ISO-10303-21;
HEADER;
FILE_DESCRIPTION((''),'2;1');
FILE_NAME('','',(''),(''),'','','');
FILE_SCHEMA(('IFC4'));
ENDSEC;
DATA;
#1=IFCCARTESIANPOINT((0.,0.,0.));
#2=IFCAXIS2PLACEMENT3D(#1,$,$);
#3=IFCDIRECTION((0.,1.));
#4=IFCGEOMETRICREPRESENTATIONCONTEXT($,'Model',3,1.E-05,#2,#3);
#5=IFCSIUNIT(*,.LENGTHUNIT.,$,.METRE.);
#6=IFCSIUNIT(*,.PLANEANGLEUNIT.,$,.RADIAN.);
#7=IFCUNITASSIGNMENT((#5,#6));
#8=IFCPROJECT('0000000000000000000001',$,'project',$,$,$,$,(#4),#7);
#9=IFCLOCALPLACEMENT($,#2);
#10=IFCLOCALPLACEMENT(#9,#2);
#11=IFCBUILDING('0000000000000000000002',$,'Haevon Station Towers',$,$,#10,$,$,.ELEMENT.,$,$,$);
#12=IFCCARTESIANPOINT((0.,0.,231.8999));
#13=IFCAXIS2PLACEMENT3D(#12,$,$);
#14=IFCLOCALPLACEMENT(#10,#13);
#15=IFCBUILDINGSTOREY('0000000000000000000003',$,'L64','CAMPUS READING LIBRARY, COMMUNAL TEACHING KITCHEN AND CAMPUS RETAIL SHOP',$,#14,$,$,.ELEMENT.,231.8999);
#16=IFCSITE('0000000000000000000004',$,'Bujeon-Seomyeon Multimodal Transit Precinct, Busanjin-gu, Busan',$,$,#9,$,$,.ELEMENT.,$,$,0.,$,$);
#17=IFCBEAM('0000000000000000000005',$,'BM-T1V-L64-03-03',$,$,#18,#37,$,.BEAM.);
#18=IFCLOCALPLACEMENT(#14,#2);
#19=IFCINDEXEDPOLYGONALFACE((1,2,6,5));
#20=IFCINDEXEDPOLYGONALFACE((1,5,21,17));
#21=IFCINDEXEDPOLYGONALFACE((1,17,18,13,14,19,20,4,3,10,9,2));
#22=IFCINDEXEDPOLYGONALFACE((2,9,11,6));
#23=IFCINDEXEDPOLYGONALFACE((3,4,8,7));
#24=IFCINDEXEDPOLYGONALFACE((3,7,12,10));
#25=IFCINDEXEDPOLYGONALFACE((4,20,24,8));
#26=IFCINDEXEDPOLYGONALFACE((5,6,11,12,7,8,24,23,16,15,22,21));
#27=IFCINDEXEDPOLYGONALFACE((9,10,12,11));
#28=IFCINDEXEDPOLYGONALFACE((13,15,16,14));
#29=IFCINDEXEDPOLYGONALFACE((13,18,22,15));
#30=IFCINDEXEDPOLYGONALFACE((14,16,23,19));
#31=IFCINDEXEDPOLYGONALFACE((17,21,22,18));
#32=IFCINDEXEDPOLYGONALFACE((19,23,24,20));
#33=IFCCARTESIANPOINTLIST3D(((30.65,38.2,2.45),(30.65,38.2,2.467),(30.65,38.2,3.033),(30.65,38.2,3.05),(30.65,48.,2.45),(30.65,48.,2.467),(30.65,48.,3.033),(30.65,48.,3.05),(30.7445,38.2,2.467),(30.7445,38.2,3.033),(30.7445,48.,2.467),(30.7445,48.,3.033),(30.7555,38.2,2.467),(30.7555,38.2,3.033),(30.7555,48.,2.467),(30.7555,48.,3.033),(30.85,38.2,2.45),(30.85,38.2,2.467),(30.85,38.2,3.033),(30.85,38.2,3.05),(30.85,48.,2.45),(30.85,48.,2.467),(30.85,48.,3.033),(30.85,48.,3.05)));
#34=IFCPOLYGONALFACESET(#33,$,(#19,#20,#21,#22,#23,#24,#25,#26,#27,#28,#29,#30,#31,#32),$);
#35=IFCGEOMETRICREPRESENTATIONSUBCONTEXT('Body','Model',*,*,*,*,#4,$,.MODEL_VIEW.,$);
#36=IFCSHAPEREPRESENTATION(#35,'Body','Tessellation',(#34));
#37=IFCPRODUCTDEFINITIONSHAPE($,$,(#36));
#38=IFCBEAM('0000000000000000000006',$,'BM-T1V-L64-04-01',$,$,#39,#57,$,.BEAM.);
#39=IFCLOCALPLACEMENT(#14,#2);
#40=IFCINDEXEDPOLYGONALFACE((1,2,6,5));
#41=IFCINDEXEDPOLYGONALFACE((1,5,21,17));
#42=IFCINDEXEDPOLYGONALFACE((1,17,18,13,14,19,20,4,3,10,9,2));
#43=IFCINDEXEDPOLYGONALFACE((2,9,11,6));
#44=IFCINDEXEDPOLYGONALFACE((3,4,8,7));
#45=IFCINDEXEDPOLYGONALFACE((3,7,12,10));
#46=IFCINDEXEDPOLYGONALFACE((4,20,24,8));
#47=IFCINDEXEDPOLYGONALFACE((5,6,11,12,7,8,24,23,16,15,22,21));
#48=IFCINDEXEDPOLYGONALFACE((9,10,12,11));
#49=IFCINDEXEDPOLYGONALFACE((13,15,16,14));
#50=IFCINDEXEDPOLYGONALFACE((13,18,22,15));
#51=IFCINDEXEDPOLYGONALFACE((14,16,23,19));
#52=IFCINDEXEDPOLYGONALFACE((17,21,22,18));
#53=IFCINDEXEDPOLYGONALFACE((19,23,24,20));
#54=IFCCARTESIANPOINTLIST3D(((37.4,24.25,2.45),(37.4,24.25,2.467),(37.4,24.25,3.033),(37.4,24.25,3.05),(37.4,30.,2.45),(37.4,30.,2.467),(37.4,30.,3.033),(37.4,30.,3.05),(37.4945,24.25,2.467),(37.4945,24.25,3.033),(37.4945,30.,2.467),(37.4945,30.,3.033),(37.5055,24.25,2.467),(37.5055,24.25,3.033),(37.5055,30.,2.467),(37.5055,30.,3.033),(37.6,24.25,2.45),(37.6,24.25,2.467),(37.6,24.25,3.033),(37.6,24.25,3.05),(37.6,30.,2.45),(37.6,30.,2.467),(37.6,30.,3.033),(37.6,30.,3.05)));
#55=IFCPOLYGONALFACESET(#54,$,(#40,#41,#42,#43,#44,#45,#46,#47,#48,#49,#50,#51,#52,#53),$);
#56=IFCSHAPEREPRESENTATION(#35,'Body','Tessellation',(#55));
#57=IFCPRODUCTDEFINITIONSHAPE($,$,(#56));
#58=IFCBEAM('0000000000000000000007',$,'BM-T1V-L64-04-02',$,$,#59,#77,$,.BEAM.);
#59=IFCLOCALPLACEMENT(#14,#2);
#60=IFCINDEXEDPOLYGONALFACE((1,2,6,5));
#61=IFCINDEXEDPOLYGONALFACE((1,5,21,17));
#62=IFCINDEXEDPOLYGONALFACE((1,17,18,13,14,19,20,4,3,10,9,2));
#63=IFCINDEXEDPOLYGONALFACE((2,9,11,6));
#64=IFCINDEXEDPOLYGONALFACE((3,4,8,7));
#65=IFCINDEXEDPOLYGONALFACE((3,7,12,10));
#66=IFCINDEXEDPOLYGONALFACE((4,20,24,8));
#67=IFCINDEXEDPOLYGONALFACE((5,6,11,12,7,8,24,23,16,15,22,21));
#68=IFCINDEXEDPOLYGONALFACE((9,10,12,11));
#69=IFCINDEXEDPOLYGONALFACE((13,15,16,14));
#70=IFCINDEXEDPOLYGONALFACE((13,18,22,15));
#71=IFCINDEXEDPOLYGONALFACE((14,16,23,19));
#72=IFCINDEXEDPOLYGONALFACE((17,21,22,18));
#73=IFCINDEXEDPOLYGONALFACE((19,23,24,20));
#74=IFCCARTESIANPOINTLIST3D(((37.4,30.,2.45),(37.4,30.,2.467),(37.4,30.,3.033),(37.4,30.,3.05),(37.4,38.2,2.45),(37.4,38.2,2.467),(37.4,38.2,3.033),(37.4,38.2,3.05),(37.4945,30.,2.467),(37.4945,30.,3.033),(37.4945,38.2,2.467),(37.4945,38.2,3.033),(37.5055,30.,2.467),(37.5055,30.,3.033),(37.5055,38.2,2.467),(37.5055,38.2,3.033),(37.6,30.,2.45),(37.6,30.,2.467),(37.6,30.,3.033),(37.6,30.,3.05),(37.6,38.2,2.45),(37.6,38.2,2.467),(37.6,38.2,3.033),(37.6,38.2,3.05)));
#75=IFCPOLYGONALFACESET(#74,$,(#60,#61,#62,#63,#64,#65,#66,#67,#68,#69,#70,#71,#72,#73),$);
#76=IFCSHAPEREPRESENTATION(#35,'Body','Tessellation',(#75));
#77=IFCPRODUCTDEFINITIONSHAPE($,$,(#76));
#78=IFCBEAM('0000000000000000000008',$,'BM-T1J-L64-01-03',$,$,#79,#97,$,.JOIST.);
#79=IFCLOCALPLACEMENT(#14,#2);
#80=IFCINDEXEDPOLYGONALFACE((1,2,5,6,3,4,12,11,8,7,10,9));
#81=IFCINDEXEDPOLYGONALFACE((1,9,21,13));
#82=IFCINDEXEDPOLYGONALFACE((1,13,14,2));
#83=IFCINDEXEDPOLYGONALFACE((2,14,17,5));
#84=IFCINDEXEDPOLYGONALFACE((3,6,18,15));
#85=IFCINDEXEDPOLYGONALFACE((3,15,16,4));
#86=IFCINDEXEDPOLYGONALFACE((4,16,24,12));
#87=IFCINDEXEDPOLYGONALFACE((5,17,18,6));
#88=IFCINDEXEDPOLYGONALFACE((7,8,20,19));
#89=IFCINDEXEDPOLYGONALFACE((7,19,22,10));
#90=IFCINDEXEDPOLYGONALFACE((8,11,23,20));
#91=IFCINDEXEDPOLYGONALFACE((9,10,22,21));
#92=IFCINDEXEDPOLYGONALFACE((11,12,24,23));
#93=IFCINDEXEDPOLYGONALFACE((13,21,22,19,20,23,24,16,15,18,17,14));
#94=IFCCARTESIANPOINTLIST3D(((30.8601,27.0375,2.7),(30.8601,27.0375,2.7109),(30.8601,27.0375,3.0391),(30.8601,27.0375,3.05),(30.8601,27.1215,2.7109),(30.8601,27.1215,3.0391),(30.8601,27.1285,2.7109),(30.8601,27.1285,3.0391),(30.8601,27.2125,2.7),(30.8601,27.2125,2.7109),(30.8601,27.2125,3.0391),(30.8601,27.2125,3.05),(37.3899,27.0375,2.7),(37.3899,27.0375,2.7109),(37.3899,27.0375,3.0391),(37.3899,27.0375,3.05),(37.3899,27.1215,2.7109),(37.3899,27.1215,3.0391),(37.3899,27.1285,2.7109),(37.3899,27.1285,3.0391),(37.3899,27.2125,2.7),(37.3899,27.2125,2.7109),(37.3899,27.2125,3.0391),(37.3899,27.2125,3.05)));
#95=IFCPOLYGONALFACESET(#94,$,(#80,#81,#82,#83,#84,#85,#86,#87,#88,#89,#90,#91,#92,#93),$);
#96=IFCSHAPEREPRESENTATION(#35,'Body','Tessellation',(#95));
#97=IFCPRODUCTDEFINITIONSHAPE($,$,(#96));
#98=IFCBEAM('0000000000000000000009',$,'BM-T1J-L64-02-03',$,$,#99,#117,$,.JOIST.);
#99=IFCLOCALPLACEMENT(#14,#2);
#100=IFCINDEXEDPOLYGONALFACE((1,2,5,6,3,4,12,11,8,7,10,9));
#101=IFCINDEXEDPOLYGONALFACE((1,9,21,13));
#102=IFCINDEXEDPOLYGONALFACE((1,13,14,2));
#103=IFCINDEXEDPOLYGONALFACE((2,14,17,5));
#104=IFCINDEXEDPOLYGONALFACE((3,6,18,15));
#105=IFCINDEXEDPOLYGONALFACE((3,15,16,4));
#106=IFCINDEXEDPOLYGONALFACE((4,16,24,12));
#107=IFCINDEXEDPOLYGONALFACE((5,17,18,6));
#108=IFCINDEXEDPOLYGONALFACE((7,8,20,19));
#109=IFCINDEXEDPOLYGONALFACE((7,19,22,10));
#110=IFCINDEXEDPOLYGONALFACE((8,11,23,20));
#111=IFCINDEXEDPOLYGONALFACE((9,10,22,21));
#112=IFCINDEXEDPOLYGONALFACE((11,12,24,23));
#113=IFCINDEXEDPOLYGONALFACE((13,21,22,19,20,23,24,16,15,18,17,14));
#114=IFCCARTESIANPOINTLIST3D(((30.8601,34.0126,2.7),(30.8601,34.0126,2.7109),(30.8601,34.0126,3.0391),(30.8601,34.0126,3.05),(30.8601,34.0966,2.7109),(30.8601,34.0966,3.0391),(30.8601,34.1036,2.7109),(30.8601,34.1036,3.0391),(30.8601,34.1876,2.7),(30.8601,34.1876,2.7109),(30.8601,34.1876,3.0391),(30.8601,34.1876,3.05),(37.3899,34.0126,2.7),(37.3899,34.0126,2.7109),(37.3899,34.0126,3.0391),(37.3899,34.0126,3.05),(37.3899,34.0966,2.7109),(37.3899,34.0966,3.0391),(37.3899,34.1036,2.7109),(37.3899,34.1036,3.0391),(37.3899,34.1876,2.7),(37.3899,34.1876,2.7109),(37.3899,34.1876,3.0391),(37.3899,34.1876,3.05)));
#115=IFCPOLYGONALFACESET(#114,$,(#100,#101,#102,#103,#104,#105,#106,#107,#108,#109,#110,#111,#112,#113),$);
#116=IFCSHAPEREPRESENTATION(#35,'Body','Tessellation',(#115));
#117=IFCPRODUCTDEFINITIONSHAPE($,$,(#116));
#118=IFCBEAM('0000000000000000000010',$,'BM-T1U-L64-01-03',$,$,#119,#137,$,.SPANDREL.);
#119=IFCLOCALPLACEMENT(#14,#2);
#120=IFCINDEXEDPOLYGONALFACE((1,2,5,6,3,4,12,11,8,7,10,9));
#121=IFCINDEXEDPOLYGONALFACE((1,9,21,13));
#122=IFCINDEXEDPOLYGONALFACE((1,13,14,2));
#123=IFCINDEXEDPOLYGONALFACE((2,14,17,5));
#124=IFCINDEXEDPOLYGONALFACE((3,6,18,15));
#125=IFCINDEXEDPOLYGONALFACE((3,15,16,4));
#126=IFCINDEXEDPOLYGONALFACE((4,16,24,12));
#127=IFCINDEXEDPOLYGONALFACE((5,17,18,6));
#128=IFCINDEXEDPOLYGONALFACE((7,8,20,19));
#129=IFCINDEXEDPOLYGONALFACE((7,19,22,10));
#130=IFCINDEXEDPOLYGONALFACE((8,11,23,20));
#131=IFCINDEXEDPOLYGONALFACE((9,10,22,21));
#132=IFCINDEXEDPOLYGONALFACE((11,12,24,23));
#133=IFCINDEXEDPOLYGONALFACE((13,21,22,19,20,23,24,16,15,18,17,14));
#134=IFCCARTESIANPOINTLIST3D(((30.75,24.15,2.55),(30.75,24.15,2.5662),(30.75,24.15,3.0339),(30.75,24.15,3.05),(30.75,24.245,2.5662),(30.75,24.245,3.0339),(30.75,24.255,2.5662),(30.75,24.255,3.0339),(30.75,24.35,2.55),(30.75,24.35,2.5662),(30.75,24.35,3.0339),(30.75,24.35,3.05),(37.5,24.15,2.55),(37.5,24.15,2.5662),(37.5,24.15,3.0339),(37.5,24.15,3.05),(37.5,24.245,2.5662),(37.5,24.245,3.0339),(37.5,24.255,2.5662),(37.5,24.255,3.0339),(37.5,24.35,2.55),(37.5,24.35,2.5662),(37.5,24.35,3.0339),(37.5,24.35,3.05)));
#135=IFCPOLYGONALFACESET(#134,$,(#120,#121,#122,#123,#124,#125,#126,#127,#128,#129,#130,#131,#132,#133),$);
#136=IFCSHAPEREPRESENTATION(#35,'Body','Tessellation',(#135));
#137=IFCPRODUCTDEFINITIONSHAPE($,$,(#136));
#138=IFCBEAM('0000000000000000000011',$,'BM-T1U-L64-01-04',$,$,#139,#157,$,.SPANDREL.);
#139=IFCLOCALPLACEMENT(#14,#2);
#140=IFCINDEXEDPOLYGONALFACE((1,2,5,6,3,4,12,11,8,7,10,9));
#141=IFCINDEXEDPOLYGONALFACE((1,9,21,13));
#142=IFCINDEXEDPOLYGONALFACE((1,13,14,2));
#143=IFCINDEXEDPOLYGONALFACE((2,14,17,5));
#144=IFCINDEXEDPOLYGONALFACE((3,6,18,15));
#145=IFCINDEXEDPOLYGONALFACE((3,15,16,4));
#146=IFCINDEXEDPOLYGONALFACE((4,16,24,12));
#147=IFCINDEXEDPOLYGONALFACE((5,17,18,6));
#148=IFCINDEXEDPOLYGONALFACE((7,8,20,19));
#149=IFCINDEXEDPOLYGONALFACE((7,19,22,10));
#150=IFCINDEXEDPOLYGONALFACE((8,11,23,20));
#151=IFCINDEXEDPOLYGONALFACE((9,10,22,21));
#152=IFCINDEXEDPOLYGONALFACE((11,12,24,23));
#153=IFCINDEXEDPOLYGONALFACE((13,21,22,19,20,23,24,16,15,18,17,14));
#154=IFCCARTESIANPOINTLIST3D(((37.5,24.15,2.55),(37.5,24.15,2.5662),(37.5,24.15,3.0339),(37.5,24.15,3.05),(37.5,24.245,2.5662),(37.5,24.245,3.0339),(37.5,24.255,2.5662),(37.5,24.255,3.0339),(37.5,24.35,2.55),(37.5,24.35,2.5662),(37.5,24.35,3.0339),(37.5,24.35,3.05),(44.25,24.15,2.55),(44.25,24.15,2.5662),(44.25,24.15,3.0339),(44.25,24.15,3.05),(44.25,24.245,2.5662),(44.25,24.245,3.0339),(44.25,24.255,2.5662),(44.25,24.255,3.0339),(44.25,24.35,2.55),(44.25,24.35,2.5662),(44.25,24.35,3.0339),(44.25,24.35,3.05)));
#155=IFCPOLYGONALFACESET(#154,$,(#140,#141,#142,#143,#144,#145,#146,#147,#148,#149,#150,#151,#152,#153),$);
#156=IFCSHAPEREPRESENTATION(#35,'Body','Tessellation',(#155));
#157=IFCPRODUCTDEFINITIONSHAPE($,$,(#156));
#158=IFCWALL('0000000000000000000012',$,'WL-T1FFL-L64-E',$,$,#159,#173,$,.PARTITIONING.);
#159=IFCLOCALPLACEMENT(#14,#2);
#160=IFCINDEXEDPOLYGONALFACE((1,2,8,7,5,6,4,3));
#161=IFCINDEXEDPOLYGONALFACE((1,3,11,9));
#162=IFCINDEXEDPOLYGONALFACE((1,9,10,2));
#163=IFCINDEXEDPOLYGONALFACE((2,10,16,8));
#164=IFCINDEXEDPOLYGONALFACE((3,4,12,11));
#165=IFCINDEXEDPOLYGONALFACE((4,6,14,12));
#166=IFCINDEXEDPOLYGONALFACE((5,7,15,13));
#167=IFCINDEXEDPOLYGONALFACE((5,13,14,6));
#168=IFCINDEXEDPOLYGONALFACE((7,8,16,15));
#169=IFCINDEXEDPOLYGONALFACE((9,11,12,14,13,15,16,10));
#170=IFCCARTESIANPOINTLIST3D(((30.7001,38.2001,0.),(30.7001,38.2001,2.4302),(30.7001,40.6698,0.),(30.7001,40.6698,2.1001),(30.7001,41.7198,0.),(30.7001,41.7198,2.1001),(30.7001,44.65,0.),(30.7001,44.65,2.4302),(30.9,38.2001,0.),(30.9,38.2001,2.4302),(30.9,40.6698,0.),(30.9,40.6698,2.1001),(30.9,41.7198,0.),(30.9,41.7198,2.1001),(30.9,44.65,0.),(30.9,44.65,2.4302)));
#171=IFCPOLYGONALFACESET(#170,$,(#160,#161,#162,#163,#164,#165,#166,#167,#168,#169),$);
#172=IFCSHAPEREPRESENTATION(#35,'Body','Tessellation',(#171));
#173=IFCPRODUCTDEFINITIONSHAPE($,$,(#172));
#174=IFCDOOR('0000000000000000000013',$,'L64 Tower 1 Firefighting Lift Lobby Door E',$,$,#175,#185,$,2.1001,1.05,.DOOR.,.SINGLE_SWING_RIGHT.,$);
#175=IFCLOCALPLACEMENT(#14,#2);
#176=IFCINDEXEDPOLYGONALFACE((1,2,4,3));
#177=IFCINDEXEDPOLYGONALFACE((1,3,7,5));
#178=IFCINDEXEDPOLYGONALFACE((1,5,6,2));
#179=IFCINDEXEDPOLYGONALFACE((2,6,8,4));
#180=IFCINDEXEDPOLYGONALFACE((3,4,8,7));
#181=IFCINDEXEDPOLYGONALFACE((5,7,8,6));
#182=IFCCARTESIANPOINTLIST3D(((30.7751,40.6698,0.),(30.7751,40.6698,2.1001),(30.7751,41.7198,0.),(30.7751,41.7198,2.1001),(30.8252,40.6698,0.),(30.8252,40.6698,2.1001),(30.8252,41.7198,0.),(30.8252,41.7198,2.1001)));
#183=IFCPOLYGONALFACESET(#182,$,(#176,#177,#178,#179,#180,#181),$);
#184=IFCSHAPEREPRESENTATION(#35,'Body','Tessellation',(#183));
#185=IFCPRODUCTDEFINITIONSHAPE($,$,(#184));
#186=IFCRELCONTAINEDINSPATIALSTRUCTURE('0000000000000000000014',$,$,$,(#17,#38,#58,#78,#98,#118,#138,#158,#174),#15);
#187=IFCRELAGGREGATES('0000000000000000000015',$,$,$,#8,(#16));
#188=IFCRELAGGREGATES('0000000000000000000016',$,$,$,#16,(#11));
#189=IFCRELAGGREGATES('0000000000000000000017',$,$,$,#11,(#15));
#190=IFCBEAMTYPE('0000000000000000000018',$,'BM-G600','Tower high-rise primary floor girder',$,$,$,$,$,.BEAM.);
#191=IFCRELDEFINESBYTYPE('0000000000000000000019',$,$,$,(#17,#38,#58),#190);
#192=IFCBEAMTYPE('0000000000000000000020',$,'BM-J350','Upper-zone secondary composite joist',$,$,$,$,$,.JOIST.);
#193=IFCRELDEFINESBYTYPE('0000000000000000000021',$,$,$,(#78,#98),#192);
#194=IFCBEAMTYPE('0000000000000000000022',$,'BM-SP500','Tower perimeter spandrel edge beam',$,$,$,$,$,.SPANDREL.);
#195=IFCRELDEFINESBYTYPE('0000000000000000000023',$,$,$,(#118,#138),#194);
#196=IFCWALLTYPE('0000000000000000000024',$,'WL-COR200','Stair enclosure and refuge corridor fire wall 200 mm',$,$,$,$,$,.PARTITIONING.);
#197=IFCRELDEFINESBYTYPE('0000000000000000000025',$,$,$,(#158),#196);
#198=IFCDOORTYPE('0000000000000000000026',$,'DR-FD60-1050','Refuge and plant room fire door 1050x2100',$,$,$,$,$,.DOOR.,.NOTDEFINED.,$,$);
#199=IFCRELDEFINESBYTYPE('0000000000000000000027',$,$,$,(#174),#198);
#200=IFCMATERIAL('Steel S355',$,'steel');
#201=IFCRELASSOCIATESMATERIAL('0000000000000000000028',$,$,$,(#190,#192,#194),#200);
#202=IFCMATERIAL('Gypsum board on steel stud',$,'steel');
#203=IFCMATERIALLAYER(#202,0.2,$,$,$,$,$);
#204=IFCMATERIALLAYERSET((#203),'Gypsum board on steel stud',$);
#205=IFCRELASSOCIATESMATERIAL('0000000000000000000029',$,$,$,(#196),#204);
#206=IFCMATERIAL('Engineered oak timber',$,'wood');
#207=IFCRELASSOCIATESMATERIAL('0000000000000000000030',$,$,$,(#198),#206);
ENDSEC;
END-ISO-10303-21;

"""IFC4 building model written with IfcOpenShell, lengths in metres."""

from ifc_helpers import new_model, si_unit, direction, frame, frame_2d, origin, origin_2d, place, context, subcontext, project, spatial, rectangle, i_section, extrude, material, layer, layer_set, material_profile, profile_set, type_object, element, fill, save


model = new_model("IFC4")

# Units and contexts
model_context = context("Model", 3, precision=1e-05, world=origin(), true_north=direction((0.0, 1.0)))
body_context = subcontext(model_context, "Body", "Model", "MODEL_VIEW")
ifc_project = project(units=[si_unit("LENGTHUNIT", "METRE"), si_unit("PLANEANGLEUNIT", "RADIAN")], contexts=[model_context])

# Site, building, storey
site_placement = place(None, origin())
site = spatial("IfcSite", under=ifc_project, at=site_placement, Name="Bujeon-Seomyeon Multimodal Transit Precinct, Busanjin-gu, Busan", CompositionType="ELEMENT", RefElevation=0.0)
building_placement = place(site_placement, origin())
building = spatial("IfcBuilding", under=site, at=building_placement, Name="Haevon Station Towers", CompositionType="ELEMENT")
storey_placement = place(building_placement, frame((0.0, 0.0, 231.8999)))
storey = spatial("IfcBuildingStorey", under=building, at=storey_placement, Name="L64", Description="CAMPUS READING LIBRARY, COMMUNAL TEACHING KITCHEN AND CAMPUS RETAIL SHOP", CompositionType="ELEMENT", Elevation=231.8999)

# Shared definitions
ifc_material_1 = material(Name="Steel S355", Category="steel")

# Beams
ifc_material_profile_1 = material_profile(ifc_material_1, i_section(OverallWidth=0.2, OverallDepth=0.6001, WebThickness=0.011, FlangeThickness=0.0171, at=origin_2d()), Name="H-600x200x11x17")
ifc_profile_set_1 = profile_set([ifc_material_profile_1], Name="Steel S355")
beam_type_1 = type_object("IfcBeamType", Name="BM-G600", Description="Tower high-rise primary floor girder", PredefinedType="BEAM", material=ifc_profile_set_1)
beam_1_placement = place(storey_placement, frame((30.75, 38.2, 2.75), z_axis=(0.0, 1.0, 0.0), x_axis=(-1.0, 0.0, 0.0)))
element("IfcBeam", 1, at=beam_1_placement, inside=storey, type_object=beam_type_1, Name="BM-T1V-L64-03-03", PredefinedType="BEAM", context=body_context, shape_type="SweptSolid", body=[
    extrude(i_section(OverallWidth=0.2, OverallDepth=0.6001, WebThickness=0.011, FlangeThickness=0.0171, at=origin_2d()), origin(), (0.0, 0.0, 1.0), 9.8),
])
beam_2_placement = place(storey_placement, frame((37.5, 24.25, 2.75), z_axis=(0.0, 1.0, 0.0), x_axis=(-1.0, 0.0, 0.0)))
element("IfcBeam", 2, at=beam_2_placement, inside=storey, type_object=beam_type_1, Name="BM-T1V-L64-04-01", PredefinedType="BEAM", context=body_context, shape_type="SweptSolid", body=[
    extrude(i_section(OverallWidth=0.2, OverallDepth=0.6001, WebThickness=0.011, FlangeThickness=0.0171, at=origin_2d()), origin(), (0.0, 0.0, 1.0), 5.75),
])
beam_3_placement = place(storey_placement, frame((37.5, 30.0, 2.75), z_axis=(0.0, 1.0, 0.0), x_axis=(-1.0, 0.0, 0.0)))
element("IfcBeam", 3, at=beam_3_placement, inside=storey, type_object=beam_type_1, Name="BM-T1V-L64-04-02", PredefinedType="BEAM", context=body_context, shape_type="SweptSolid", body=[
    extrude(i_section(OverallWidth=0.2, OverallDepth=0.6001, WebThickness=0.011, FlangeThickness=0.0171, at=origin_2d()), origin(), (0.0, 0.0, 1.0), 8.2),
])
ifc_material_profile_2 = material_profile(ifc_material_1, i_section(OverallWidth=0.175, OverallDepth=0.3501, WebThickness=0.0071, FlangeThickness=0.011, at=origin_2d()), Name="H-350x175x7x11")
ifc_profile_set_2 = profile_set([ifc_material_profile_2], Name="Steel S355")
beam_type_2 = type_object("IfcBeamType", Name="BM-J350", Description="Upper-zone secondary composite joist", PredefinedType="JOIST", material=ifc_profile_set_2)
for number, where, z_axis, x_axis, name in (
    (4, (30.8601, 27.125, 2.875), (1.0, 0.0, 0.0), (0.0, 1.0, 0.0), "BM-T1J-L64-01-03"),
    (5, (30.8601, 34.1001, 2.875), (1.0, 0.0, 0.0), (0.0, 1.0, 0.0), "BM-T1J-L64-02-03"),
):
    element("IfcBeam", number, at=place(storey_placement, frame(where, z_axis=z_axis, x_axis=x_axis)), inside=storey, type_object=beam_type_2, Name=name, PredefinedType="JOIST", context=body_context, shape_type="SweptSolid", body=[
        extrude(i_section(OverallWidth=0.175, OverallDepth=0.3501, WebThickness=0.0071, FlangeThickness=0.011, at=origin_2d()), origin(), (0.0, 0.0, 1.0), 6.5298),
    ])
ifc_material_profile_3 = material_profile(ifc_material_1, i_section(OverallWidth=0.2, OverallDepth=0.5, WebThickness=0.01, FlangeThickness=0.0161, at=origin_2d()), Name="H-500x200x10x16")
ifc_profile_set_3 = profile_set([ifc_material_profile_3], Name="Steel S355")
beam_type_3 = type_object("IfcBeamType", Name="BM-SP500", Description="Tower perimeter spandrel edge beam", PredefinedType="SPANDREL", material=ifc_profile_set_3)
for number, where, z_axis, x_axis, name in (
    (6, (30.75, 24.25, 2.8), (1.0, 0.0, 0.0), (0.0, 1.0, 0.0), "BM-T1U-L64-01-03"),
    (7, (37.5, 24.25, 2.8), (1.0, 0.0, 0.0), (0.0, 1.0, 0.0), "BM-T1U-L64-01-04"),
):
    element("IfcBeam", number, at=place(storey_placement, frame(where, z_axis=z_axis, x_axis=x_axis)), inside=storey, type_object=beam_type_3, Name=name, PredefinedType="SPANDREL", context=body_context, shape_type="SweptSolid", body=[
        extrude(i_section(OverallWidth=0.2, OverallDepth=0.5, WebThickness=0.01, FlangeThickness=0.0161, at=origin_2d()), origin(), (0.0, 0.0, 1.0), 6.75),
    ])

# Wall, opening, door
ifc_material_2 = material(Name="Gypsum board on steel stud", Category="steel")
ifc_layer_1 = layer(ifc_material_2, 0.2)
ifc_layer_set_1 = layer_set([ifc_layer_1], Name="Gypsum board on steel stud")
wall_type_1 = type_object("IfcWallType", Name="WL-COR200", Description="Stair enclosure and refuge corridor fire wall 200 mm", PredefinedType="PARTITIONING", material=ifc_layer_set_1)
wall_1_placement = place(storey_placement, frame((30.8, 38.2, 0.0), z_axis=(0.0, 0.0, 1.0), x_axis=(0.0, 1.0, 0.0)))
wall_1 = element("IfcWall", 8, at=wall_1_placement, inside=storey, type_object=wall_type_1, Name="WL-T1FFL-L64-E", PredefinedType="PARTITIONING", context=body_context, shape_type="SweptSolid", body=[
    extrude(rectangle(XDim=6.45, YDim=0.2, at=frame_2d((3.2251, 0.0))), origin(), (0.0, 0.0, 1.0), 2.4302),
])
opening_1_placement = place(wall_1_placement, frame((2.47, 0.0, 0.0)))
opening_1 = element("IfcOpeningElement", 9, at=opening_1_placement, cuts=wall_1, PredefinedType="OPENING", context=body_context, shape_type="SweptSolid", body=[
    extrude(rectangle(XDim=1.05, YDim=2.1001, at=frame_2d((0.5249, 1.05))), frame((0.0, 0.1099, 0.0), z_axis=(0.0, -1.0, 0.0), x_axis=(1.0, 0.0, 0.0)), (0.0, 0.0, 1.0), 0.22),
])
ifc_material_3 = material(Name="Engineered oak timber", Category="wood")
door_type_1 = type_object("IfcDoorType", Name="DR-FD60-1050", Description="Refuge and plant room fire door 1050x2100", OperationType="NOTDEFINED", PredefinedType="DOOR", material=ifc_material_3)
door_1_placement = place(opening_1_placement, origin())
door_1 = element("IfcDoor", 10, at=door_1_placement, inside=storey, type_object=door_type_1, Name="L64 Tower 1 Firefighting Lift Lobby Door E", OperationType="SINGLE_SWING_RIGHT", OverallHeight=2.1001, OverallWidth=1.05, PredefinedType="DOOR", context=body_context, shape_type="SweptSolid", body=[
    extrude(rectangle(XDim=1.05, YDim=2.1001, at=frame_2d((0.5249, 1.05))), frame((0.0, 0.0249, 0.0), z_axis=(0.0, -1.0, 0.0), x_axis=(1.0, 0.0, 0.0)), (0.0, 0.0, 1.0), 0.05),
])
fill(opening_1, door_1)

save(model, "model.ifc")
